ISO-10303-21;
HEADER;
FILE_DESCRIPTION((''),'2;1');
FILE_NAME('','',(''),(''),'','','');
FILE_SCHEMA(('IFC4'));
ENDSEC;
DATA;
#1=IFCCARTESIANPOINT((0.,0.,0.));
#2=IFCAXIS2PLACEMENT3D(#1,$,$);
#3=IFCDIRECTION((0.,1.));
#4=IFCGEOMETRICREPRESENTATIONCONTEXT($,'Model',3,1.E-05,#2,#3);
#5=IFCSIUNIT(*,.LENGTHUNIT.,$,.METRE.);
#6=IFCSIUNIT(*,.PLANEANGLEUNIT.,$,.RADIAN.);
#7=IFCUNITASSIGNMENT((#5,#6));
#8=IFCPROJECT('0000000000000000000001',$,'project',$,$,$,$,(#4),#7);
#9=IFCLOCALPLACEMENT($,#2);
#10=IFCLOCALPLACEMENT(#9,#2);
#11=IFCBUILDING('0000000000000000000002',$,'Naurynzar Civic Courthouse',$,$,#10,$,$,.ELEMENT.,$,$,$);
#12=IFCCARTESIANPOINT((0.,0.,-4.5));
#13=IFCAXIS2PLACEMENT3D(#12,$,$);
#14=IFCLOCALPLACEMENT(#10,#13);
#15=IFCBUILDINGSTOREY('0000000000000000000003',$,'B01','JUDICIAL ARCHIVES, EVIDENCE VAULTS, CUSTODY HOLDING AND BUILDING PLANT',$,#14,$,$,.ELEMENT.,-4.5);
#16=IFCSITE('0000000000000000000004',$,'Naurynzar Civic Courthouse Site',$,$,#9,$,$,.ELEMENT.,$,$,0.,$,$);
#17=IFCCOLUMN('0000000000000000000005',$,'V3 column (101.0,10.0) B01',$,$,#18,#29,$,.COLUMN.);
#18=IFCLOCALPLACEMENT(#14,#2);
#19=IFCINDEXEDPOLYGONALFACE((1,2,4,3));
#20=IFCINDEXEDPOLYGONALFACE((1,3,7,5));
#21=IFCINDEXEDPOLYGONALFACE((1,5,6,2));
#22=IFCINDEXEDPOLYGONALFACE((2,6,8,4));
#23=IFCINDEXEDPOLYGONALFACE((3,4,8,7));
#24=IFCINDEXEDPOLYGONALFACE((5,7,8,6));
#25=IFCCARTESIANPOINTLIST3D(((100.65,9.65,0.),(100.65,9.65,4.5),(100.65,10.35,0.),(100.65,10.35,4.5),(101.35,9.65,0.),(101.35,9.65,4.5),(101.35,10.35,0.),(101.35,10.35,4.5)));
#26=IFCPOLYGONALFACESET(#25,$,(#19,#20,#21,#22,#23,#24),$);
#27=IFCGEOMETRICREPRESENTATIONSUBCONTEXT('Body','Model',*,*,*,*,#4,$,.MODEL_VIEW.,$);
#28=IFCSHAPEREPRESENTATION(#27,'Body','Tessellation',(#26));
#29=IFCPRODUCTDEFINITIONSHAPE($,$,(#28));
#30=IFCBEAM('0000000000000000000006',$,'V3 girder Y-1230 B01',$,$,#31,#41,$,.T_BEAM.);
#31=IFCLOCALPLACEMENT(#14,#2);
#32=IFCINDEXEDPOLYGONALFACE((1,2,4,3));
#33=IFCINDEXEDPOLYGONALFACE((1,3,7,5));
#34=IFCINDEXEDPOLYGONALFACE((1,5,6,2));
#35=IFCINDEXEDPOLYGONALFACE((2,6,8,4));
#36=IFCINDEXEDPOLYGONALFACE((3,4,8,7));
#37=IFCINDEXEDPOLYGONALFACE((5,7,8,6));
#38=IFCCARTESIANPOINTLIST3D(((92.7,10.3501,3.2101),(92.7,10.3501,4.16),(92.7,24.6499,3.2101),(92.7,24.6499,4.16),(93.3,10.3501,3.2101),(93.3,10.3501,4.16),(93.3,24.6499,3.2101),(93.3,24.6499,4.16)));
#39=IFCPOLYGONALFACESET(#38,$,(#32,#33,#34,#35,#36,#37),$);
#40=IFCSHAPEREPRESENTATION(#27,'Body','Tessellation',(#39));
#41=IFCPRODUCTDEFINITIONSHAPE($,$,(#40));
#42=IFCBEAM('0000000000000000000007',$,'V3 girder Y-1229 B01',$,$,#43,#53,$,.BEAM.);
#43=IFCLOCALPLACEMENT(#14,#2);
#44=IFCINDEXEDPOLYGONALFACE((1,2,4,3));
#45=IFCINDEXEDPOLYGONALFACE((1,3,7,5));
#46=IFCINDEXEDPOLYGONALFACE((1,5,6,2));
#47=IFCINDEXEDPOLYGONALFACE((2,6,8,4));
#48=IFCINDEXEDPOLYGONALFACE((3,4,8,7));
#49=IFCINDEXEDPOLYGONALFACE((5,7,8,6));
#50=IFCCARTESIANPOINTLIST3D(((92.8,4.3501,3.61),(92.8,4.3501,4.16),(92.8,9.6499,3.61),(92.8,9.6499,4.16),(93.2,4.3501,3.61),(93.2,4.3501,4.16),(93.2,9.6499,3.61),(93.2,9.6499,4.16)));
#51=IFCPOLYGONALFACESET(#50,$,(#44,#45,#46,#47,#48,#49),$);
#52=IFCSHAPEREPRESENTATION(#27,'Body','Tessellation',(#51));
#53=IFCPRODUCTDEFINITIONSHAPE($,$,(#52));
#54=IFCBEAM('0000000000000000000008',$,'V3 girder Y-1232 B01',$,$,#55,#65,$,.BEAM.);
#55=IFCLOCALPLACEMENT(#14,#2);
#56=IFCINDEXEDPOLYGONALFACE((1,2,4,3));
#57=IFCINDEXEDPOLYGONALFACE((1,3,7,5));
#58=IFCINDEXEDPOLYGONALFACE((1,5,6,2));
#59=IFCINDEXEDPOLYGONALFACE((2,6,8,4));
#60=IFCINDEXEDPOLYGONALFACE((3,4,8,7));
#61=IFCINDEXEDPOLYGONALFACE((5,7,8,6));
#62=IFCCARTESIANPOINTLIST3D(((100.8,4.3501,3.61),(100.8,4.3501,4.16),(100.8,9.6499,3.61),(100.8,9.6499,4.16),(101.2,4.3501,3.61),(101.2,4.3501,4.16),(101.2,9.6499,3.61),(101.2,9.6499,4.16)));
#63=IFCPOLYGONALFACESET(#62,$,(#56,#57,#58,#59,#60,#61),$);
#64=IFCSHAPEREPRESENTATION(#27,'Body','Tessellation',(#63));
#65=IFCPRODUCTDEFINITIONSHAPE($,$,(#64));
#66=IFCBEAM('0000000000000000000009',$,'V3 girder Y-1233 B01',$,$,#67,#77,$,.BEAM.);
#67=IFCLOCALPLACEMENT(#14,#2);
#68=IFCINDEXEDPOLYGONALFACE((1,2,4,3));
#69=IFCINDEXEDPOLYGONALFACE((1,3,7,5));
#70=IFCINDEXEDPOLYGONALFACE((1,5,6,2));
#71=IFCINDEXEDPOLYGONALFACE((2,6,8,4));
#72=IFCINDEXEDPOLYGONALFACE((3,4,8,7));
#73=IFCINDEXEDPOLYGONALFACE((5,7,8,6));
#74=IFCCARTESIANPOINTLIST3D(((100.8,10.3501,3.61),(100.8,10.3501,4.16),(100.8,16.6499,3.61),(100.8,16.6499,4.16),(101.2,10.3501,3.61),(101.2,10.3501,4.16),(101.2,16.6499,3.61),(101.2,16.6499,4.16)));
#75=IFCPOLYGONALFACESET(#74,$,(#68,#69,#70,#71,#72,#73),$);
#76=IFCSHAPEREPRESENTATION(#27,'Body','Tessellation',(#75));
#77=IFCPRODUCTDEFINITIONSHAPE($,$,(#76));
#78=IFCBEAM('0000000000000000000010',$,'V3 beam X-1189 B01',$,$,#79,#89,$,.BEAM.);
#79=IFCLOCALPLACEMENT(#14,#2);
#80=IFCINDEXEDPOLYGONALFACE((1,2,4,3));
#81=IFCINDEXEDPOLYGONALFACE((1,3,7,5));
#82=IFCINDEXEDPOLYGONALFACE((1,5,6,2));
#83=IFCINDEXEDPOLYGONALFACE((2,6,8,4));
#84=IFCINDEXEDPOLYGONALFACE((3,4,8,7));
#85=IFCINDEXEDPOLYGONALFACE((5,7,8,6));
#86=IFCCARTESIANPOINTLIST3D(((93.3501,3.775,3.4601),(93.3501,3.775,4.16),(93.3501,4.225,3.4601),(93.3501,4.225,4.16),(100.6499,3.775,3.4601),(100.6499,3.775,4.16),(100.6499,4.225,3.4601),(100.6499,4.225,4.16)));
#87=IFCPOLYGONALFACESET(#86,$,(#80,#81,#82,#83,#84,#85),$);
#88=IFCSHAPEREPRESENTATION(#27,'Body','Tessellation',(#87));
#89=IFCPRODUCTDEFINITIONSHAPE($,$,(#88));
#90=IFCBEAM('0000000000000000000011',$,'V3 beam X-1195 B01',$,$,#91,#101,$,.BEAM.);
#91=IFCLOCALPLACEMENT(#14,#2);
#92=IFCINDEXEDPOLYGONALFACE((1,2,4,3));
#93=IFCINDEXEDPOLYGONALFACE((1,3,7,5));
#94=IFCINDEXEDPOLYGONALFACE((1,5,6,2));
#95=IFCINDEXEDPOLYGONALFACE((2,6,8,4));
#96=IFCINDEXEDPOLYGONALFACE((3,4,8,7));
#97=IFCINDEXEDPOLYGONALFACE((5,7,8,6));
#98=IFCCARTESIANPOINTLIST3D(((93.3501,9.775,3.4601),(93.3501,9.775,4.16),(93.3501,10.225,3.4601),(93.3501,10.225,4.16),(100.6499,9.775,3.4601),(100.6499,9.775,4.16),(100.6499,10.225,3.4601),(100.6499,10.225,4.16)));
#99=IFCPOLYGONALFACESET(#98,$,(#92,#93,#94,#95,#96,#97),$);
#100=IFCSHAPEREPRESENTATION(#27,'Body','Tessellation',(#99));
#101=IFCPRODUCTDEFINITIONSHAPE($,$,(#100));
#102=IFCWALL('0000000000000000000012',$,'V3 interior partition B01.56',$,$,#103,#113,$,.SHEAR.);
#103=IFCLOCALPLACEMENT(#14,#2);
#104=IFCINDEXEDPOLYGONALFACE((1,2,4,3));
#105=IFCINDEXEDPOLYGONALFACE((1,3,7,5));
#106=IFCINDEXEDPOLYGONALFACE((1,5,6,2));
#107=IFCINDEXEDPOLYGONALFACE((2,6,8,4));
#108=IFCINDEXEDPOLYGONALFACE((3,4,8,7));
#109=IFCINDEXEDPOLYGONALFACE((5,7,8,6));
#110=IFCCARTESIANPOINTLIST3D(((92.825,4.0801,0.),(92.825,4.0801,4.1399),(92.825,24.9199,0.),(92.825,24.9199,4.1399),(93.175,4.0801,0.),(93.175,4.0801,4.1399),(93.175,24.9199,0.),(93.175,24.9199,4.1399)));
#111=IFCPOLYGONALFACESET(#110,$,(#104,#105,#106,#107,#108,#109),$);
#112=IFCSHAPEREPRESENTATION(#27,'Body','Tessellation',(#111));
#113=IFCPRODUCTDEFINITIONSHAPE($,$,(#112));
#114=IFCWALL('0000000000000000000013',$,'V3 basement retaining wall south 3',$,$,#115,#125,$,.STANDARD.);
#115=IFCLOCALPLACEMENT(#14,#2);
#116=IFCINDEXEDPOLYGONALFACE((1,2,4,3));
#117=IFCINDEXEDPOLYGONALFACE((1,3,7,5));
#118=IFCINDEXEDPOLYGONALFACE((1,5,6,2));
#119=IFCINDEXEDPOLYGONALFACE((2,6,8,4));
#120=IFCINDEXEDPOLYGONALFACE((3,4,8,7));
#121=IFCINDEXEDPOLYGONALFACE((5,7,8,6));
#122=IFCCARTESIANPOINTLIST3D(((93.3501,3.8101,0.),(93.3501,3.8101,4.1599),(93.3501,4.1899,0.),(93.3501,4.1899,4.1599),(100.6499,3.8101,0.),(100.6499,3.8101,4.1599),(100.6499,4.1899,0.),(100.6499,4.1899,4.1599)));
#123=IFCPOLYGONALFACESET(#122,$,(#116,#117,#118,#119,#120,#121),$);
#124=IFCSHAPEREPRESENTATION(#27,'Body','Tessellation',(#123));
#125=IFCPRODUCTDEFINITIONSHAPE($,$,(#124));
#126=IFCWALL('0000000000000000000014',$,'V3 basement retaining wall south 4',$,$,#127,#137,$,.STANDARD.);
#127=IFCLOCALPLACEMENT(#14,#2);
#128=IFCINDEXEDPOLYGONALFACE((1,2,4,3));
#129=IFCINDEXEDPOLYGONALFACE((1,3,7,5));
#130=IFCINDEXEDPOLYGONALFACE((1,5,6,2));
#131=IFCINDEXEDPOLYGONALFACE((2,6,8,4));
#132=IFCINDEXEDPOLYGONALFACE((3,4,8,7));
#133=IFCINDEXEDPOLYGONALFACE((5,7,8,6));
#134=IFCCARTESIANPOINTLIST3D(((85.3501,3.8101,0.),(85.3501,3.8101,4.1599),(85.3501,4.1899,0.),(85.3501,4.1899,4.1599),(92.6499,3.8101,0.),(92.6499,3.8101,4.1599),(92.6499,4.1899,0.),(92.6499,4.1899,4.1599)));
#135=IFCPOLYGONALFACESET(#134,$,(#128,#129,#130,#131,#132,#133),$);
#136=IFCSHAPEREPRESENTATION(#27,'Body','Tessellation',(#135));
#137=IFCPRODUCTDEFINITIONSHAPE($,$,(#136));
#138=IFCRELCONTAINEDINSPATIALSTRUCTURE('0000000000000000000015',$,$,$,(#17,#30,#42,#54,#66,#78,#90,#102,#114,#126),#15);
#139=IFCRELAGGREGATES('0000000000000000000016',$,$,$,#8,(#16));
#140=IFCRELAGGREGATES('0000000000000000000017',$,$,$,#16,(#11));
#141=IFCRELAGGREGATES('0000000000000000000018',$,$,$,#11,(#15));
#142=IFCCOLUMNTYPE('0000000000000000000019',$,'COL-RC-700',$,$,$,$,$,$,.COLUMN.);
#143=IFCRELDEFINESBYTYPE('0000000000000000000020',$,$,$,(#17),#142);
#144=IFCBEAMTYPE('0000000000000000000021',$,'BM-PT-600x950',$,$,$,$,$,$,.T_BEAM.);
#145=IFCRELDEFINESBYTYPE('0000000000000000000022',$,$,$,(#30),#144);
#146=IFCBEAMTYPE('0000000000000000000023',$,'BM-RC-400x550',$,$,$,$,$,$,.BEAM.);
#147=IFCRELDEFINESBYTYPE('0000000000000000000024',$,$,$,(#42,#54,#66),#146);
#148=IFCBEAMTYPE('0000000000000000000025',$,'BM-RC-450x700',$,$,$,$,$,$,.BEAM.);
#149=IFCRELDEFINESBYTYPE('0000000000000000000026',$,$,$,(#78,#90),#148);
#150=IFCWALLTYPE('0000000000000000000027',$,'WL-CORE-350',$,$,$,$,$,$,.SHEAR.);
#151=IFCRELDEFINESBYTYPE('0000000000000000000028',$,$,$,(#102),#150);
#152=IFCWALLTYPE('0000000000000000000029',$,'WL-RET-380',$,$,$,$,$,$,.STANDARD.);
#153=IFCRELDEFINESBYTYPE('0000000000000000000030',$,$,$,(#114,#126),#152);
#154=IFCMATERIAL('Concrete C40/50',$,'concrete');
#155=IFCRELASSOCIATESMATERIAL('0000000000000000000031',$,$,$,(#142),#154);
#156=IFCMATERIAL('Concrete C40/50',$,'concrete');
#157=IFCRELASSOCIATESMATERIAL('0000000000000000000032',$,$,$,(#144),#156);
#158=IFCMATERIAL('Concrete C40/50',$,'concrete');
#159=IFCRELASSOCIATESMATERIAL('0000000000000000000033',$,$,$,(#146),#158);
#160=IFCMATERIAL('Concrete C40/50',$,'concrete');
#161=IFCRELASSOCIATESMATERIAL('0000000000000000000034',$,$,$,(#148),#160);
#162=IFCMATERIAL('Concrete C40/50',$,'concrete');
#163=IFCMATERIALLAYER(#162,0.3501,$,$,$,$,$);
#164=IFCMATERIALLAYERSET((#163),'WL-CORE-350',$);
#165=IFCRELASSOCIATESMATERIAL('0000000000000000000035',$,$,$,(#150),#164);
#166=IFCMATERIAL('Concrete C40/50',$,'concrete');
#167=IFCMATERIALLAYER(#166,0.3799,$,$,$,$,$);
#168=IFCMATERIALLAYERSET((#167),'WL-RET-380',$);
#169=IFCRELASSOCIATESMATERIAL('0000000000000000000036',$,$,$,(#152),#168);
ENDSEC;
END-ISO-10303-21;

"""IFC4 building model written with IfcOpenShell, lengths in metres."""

from ifc_helpers import new_model, si_unit, direction, frame, frame_2d, origin, origin_2d, place, context, subcontext, project, spatial, rectangle, extrude, material, layer, layer_set, material_profile, profile_set, type_object, element, save


model = new_model("IFC4")

# Units and contexts
model_context = context("Model", 3, precision=1e-05, world=origin(), true_north=direction((0.0, 1.0)))
body_context = subcontext(model_context, "Body", "Model", "MODEL_VIEW")
ifc_project = project(units=[si_unit("LENGTHUNIT", "METRE"), si_unit("PLANEANGLEUNIT", "RADIAN")], contexts=[model_context])

# Site, building, storey
site_placement = place(None, origin())
site = spatial("IfcSite", under=ifc_project, at=site_placement, Name="Naurynzar Civic Courthouse Site", CompositionType="ELEMENT", RefElevation=0.0)
building_placement = place(site_placement, origin())
building = spatial("IfcBuilding", under=site, at=building_placement, Name="Naurynzar Civic Courthouse", CompositionType="ELEMENT")
storey_placement = place(building_placement, frame((0.0, 0.0, -4.5)))
storey = spatial("IfcBuildingStorey", under=building, at=storey_placement, Name="B01", Description="JUDICIAL ARCHIVES, EVIDENCE VAULTS, CUSTODY HOLDING AND BUILDING PLANT", CompositionType="ELEMENT", Elevation=-4.5)

# Column
ifc_material_1 = material(Name="Concrete C40/50", Category="concrete")
ifc_material_profile_1 = material_profile(ifc_material_1, rectangle(XDim=0.7, YDim=0.7, at=origin_2d()), Name="RC 700x700")
ifc_profile_set_1 = profile_set([ifc_material_profile_1], Name="Concrete C40/50")
column_type = type_object("IfcColumnType", Name="COL-RC-700", PredefinedType="COLUMN", material=ifc_profile_set_1)
for number, where, z_axis, x_axis, name in (
    (1, (101.0, 10.0, 0.0), (0.0, 0.0, 1.0), (1.0, 0.0, 0.0), "V3 column (101.0,10.0) B01"),
):
    element("IfcColumn", number, at=place(storey_placement, frame(where, z_axis=z_axis, x_axis=x_axis)), inside=storey, type_object=column_type, Name=name, PredefinedType="COLUMN", context=body_context, shape_type="SweptSolid", body=[
        extrude(rectangle(XDim=0.7, YDim=0.7, at=origin_2d()), origin(), (0.0, 0.0, 1.0), 4.5),
    ])

# Beams
ifc_material_2 = material(Name="Concrete C40/50", Category="concrete")
ifc_material_profile_2 = material_profile(ifc_material_2, rectangle(XDim=0.6001, YDim=0.95, at=origin_2d()), Name="PTB 600x950")
ifc_profile_set_2 = profile_set([ifc_material_profile_2], Name="Concrete C40/50")
beam_type_1 = type_object("IfcBeamType", Name="BM-PT-600x950", PredefinedType="T_BEAM", material=ifc_profile_set_2)
beam_1_placement = place(storey_placement, frame((93.0, 10.3501, 3.6851), z_axis=(0.0, 1.0, 0.0), x_axis=(-1.0, 0.0, 0.0)))
element("IfcBeam", 2, at=beam_1_placement, inside=storey, type_object=beam_type_1, Name="V3 girder Y-1230 B01", PredefinedType="T_BEAM", context=body_context, shape_type="SweptSolid", body=[
    extrude(rectangle(XDim=0.6001, YDim=0.95, at=origin_2d()), origin(), (0.0, 0.0, 1.0), 14.2998),
])
ifc_material_3 = material(Name="Concrete C40/50", Category="concrete")
ifc_material_profile_3 = material_profile(ifc_material_3, rectangle(XDim=0.3999, YDim=0.55, at=origin_2d()), Name="RCB 400x550")
ifc_profile_set_3 = profile_set([ifc_material_profile_3], Name="Concrete C40/50")
beam_type_2 = type_object("IfcBeamType", Name="BM-RC-400x550", PredefinedType="BEAM", material=ifc_profile_set_3)
for number, where, z_axis, x_axis, name in (
    (3, (93.0, 4.3501, 3.885), (0.0, 1.0, 0.0), (-1.0, 0.0, 0.0), "V3 girder Y-1229 B01"),
    (4, (101.0, 4.3501, 3.885), (0.0, 1.0, 0.0), (-1.0, 0.0, 0.0), "V3 girder Y-1232 B01"),
):
    element("IfcBeam", number, at=place(storey_placement, frame(where, z_axis=z_axis, x_axis=x_axis)), inside=storey, type_object=beam_type_2, Name=name, PredefinedType="BEAM", context=body_context, shape_type="SweptSolid", body=[
        extrude(rectangle(XDim=0.3999, YDim=0.55, at=origin_2d()), origin(), (0.0, 0.0, 1.0), 5.2998),
    ])
beam_2_placement = place(storey_placement, frame((101.0, 10.3501, 3.885), z_axis=(0.0, 1.0, 0.0), x_axis=(-1.0, 0.0, 0.0)))
element("IfcBeam", 5, at=beam_2_placement, inside=storey, type_object=beam_type_2, Name="V3 girder Y-1233 B01", PredefinedType="BEAM", context=body_context, shape_type="SweptSolid", body=[
    extrude(rectangle(XDim=0.3999, YDim=0.55, at=origin_2d()), origin(), (0.0, 0.0, 1.0), 6.2998),
])
ifc_material_4 = material(Name="Concrete C40/50", Category="concrete")
ifc_material_profile_4 = material_profile(ifc_material_4, rectangle(XDim=0.45, YDim=0.7, at=origin_2d()), Name="RCB 450x700")
ifc_profile_set_4 = profile_set([ifc_material_profile_4], Name="Concrete C40/50")
beam_type_3 = type_object("IfcBeamType", Name="BM-RC-450x700", PredefinedType="BEAM", material=ifc_profile_set_4)
for number, where, z_axis, x_axis, name in (
    (6, (93.3501, 4.0, 3.8101), (1.0, 0.0, 0.0), (0.0, 1.0, 0.0), "V3 beam X-1189 B01"),
    (7, (93.3501, 10.0, 3.8101), (1.0, 0.0, 0.0), (0.0, 1.0, 0.0), "V3 beam X-1195 B01"),
):
    element("IfcBeam", number, at=place(storey_placement, frame(where, z_axis=z_axis, x_axis=x_axis)), inside=storey, type_object=beam_type_3, Name=name, PredefinedType="BEAM", context=body_context, shape_type="SweptSolid", body=[
        extrude(rectangle(XDim=0.45, YDim=0.7, at=origin_2d()), origin(), (0.0, 0.0, 1.0), 7.2998),
    ])

# Walls
ifc_material_5 = material(Name="Concrete C40/50", Category="concrete")
ifc_layer_1 = layer(ifc_material_5, 0.3501)
ifc_layer_set_1 = layer_set([ifc_layer_1], Name="WL-CORE-350")
wall_type_1 = type_object("IfcWallType", Name="WL-CORE-350", PredefinedType="SHEAR", material=ifc_layer_set_1)
wall_placement = place(storey_placement, frame((93.0, 4.0801, 0.0), z_axis=(0.0, 0.0, 1.0), x_axis=(0.0, 1.0, 0.0)))
element("IfcWall", 8, at=wall_placement, inside=storey, type_object=wall_type_1, Name="V3 interior partition B01.56", PredefinedType="SHEAR", context=body_context, shape_type="SweptSolid", body=[
    extrude(rectangle(XDim=20.8398, YDim=0.3501, at=frame_2d((10.4199, 0.0))), origin(), (0.0, 0.0, 1.0), 4.1399),
])
ifc_material_6 = material(Name="Concrete C40/50", Category="concrete")
ifc_layer_2 = layer(ifc_material_6, 0.3799)
ifc_layer_set_2 = layer_set([ifc_layer_2], Name="WL-RET-380")
wall_type_2 = type_object("IfcWallType", Name="WL-RET-380", PredefinedType="STANDARD", material=ifc_layer_set_2)
for number, where, z_axis, x_axis, name in (
    (9, (100.6499, 4.0, 0.0), (0.0, 0.0, 1.0), (-1.0, 0.0, 0.0), "V3 basement retaining wall south 3"),
    (10, (92.6499, 4.0, 0.0), (0.0, 0.0, 1.0), (-1.0, 0.0, 0.0), "V3 basement retaining wall south 4"),
):
    element("IfcWall", number, at=place(storey_placement, frame(where, z_axis=z_axis, x_axis=x_axis)), inside=storey, type_object=wall_type_2, Name=name, PredefinedType="STANDARD", context=body_context, shape_type="SweptSolid", body=[
        extrude(rectangle(XDim=7.2998, YDim=0.3799, at=frame_2d((3.6499, 0.0))), origin(), (0.0, 0.0, 1.0), 4.1599),
    ])

save(model, "model.ifc")
